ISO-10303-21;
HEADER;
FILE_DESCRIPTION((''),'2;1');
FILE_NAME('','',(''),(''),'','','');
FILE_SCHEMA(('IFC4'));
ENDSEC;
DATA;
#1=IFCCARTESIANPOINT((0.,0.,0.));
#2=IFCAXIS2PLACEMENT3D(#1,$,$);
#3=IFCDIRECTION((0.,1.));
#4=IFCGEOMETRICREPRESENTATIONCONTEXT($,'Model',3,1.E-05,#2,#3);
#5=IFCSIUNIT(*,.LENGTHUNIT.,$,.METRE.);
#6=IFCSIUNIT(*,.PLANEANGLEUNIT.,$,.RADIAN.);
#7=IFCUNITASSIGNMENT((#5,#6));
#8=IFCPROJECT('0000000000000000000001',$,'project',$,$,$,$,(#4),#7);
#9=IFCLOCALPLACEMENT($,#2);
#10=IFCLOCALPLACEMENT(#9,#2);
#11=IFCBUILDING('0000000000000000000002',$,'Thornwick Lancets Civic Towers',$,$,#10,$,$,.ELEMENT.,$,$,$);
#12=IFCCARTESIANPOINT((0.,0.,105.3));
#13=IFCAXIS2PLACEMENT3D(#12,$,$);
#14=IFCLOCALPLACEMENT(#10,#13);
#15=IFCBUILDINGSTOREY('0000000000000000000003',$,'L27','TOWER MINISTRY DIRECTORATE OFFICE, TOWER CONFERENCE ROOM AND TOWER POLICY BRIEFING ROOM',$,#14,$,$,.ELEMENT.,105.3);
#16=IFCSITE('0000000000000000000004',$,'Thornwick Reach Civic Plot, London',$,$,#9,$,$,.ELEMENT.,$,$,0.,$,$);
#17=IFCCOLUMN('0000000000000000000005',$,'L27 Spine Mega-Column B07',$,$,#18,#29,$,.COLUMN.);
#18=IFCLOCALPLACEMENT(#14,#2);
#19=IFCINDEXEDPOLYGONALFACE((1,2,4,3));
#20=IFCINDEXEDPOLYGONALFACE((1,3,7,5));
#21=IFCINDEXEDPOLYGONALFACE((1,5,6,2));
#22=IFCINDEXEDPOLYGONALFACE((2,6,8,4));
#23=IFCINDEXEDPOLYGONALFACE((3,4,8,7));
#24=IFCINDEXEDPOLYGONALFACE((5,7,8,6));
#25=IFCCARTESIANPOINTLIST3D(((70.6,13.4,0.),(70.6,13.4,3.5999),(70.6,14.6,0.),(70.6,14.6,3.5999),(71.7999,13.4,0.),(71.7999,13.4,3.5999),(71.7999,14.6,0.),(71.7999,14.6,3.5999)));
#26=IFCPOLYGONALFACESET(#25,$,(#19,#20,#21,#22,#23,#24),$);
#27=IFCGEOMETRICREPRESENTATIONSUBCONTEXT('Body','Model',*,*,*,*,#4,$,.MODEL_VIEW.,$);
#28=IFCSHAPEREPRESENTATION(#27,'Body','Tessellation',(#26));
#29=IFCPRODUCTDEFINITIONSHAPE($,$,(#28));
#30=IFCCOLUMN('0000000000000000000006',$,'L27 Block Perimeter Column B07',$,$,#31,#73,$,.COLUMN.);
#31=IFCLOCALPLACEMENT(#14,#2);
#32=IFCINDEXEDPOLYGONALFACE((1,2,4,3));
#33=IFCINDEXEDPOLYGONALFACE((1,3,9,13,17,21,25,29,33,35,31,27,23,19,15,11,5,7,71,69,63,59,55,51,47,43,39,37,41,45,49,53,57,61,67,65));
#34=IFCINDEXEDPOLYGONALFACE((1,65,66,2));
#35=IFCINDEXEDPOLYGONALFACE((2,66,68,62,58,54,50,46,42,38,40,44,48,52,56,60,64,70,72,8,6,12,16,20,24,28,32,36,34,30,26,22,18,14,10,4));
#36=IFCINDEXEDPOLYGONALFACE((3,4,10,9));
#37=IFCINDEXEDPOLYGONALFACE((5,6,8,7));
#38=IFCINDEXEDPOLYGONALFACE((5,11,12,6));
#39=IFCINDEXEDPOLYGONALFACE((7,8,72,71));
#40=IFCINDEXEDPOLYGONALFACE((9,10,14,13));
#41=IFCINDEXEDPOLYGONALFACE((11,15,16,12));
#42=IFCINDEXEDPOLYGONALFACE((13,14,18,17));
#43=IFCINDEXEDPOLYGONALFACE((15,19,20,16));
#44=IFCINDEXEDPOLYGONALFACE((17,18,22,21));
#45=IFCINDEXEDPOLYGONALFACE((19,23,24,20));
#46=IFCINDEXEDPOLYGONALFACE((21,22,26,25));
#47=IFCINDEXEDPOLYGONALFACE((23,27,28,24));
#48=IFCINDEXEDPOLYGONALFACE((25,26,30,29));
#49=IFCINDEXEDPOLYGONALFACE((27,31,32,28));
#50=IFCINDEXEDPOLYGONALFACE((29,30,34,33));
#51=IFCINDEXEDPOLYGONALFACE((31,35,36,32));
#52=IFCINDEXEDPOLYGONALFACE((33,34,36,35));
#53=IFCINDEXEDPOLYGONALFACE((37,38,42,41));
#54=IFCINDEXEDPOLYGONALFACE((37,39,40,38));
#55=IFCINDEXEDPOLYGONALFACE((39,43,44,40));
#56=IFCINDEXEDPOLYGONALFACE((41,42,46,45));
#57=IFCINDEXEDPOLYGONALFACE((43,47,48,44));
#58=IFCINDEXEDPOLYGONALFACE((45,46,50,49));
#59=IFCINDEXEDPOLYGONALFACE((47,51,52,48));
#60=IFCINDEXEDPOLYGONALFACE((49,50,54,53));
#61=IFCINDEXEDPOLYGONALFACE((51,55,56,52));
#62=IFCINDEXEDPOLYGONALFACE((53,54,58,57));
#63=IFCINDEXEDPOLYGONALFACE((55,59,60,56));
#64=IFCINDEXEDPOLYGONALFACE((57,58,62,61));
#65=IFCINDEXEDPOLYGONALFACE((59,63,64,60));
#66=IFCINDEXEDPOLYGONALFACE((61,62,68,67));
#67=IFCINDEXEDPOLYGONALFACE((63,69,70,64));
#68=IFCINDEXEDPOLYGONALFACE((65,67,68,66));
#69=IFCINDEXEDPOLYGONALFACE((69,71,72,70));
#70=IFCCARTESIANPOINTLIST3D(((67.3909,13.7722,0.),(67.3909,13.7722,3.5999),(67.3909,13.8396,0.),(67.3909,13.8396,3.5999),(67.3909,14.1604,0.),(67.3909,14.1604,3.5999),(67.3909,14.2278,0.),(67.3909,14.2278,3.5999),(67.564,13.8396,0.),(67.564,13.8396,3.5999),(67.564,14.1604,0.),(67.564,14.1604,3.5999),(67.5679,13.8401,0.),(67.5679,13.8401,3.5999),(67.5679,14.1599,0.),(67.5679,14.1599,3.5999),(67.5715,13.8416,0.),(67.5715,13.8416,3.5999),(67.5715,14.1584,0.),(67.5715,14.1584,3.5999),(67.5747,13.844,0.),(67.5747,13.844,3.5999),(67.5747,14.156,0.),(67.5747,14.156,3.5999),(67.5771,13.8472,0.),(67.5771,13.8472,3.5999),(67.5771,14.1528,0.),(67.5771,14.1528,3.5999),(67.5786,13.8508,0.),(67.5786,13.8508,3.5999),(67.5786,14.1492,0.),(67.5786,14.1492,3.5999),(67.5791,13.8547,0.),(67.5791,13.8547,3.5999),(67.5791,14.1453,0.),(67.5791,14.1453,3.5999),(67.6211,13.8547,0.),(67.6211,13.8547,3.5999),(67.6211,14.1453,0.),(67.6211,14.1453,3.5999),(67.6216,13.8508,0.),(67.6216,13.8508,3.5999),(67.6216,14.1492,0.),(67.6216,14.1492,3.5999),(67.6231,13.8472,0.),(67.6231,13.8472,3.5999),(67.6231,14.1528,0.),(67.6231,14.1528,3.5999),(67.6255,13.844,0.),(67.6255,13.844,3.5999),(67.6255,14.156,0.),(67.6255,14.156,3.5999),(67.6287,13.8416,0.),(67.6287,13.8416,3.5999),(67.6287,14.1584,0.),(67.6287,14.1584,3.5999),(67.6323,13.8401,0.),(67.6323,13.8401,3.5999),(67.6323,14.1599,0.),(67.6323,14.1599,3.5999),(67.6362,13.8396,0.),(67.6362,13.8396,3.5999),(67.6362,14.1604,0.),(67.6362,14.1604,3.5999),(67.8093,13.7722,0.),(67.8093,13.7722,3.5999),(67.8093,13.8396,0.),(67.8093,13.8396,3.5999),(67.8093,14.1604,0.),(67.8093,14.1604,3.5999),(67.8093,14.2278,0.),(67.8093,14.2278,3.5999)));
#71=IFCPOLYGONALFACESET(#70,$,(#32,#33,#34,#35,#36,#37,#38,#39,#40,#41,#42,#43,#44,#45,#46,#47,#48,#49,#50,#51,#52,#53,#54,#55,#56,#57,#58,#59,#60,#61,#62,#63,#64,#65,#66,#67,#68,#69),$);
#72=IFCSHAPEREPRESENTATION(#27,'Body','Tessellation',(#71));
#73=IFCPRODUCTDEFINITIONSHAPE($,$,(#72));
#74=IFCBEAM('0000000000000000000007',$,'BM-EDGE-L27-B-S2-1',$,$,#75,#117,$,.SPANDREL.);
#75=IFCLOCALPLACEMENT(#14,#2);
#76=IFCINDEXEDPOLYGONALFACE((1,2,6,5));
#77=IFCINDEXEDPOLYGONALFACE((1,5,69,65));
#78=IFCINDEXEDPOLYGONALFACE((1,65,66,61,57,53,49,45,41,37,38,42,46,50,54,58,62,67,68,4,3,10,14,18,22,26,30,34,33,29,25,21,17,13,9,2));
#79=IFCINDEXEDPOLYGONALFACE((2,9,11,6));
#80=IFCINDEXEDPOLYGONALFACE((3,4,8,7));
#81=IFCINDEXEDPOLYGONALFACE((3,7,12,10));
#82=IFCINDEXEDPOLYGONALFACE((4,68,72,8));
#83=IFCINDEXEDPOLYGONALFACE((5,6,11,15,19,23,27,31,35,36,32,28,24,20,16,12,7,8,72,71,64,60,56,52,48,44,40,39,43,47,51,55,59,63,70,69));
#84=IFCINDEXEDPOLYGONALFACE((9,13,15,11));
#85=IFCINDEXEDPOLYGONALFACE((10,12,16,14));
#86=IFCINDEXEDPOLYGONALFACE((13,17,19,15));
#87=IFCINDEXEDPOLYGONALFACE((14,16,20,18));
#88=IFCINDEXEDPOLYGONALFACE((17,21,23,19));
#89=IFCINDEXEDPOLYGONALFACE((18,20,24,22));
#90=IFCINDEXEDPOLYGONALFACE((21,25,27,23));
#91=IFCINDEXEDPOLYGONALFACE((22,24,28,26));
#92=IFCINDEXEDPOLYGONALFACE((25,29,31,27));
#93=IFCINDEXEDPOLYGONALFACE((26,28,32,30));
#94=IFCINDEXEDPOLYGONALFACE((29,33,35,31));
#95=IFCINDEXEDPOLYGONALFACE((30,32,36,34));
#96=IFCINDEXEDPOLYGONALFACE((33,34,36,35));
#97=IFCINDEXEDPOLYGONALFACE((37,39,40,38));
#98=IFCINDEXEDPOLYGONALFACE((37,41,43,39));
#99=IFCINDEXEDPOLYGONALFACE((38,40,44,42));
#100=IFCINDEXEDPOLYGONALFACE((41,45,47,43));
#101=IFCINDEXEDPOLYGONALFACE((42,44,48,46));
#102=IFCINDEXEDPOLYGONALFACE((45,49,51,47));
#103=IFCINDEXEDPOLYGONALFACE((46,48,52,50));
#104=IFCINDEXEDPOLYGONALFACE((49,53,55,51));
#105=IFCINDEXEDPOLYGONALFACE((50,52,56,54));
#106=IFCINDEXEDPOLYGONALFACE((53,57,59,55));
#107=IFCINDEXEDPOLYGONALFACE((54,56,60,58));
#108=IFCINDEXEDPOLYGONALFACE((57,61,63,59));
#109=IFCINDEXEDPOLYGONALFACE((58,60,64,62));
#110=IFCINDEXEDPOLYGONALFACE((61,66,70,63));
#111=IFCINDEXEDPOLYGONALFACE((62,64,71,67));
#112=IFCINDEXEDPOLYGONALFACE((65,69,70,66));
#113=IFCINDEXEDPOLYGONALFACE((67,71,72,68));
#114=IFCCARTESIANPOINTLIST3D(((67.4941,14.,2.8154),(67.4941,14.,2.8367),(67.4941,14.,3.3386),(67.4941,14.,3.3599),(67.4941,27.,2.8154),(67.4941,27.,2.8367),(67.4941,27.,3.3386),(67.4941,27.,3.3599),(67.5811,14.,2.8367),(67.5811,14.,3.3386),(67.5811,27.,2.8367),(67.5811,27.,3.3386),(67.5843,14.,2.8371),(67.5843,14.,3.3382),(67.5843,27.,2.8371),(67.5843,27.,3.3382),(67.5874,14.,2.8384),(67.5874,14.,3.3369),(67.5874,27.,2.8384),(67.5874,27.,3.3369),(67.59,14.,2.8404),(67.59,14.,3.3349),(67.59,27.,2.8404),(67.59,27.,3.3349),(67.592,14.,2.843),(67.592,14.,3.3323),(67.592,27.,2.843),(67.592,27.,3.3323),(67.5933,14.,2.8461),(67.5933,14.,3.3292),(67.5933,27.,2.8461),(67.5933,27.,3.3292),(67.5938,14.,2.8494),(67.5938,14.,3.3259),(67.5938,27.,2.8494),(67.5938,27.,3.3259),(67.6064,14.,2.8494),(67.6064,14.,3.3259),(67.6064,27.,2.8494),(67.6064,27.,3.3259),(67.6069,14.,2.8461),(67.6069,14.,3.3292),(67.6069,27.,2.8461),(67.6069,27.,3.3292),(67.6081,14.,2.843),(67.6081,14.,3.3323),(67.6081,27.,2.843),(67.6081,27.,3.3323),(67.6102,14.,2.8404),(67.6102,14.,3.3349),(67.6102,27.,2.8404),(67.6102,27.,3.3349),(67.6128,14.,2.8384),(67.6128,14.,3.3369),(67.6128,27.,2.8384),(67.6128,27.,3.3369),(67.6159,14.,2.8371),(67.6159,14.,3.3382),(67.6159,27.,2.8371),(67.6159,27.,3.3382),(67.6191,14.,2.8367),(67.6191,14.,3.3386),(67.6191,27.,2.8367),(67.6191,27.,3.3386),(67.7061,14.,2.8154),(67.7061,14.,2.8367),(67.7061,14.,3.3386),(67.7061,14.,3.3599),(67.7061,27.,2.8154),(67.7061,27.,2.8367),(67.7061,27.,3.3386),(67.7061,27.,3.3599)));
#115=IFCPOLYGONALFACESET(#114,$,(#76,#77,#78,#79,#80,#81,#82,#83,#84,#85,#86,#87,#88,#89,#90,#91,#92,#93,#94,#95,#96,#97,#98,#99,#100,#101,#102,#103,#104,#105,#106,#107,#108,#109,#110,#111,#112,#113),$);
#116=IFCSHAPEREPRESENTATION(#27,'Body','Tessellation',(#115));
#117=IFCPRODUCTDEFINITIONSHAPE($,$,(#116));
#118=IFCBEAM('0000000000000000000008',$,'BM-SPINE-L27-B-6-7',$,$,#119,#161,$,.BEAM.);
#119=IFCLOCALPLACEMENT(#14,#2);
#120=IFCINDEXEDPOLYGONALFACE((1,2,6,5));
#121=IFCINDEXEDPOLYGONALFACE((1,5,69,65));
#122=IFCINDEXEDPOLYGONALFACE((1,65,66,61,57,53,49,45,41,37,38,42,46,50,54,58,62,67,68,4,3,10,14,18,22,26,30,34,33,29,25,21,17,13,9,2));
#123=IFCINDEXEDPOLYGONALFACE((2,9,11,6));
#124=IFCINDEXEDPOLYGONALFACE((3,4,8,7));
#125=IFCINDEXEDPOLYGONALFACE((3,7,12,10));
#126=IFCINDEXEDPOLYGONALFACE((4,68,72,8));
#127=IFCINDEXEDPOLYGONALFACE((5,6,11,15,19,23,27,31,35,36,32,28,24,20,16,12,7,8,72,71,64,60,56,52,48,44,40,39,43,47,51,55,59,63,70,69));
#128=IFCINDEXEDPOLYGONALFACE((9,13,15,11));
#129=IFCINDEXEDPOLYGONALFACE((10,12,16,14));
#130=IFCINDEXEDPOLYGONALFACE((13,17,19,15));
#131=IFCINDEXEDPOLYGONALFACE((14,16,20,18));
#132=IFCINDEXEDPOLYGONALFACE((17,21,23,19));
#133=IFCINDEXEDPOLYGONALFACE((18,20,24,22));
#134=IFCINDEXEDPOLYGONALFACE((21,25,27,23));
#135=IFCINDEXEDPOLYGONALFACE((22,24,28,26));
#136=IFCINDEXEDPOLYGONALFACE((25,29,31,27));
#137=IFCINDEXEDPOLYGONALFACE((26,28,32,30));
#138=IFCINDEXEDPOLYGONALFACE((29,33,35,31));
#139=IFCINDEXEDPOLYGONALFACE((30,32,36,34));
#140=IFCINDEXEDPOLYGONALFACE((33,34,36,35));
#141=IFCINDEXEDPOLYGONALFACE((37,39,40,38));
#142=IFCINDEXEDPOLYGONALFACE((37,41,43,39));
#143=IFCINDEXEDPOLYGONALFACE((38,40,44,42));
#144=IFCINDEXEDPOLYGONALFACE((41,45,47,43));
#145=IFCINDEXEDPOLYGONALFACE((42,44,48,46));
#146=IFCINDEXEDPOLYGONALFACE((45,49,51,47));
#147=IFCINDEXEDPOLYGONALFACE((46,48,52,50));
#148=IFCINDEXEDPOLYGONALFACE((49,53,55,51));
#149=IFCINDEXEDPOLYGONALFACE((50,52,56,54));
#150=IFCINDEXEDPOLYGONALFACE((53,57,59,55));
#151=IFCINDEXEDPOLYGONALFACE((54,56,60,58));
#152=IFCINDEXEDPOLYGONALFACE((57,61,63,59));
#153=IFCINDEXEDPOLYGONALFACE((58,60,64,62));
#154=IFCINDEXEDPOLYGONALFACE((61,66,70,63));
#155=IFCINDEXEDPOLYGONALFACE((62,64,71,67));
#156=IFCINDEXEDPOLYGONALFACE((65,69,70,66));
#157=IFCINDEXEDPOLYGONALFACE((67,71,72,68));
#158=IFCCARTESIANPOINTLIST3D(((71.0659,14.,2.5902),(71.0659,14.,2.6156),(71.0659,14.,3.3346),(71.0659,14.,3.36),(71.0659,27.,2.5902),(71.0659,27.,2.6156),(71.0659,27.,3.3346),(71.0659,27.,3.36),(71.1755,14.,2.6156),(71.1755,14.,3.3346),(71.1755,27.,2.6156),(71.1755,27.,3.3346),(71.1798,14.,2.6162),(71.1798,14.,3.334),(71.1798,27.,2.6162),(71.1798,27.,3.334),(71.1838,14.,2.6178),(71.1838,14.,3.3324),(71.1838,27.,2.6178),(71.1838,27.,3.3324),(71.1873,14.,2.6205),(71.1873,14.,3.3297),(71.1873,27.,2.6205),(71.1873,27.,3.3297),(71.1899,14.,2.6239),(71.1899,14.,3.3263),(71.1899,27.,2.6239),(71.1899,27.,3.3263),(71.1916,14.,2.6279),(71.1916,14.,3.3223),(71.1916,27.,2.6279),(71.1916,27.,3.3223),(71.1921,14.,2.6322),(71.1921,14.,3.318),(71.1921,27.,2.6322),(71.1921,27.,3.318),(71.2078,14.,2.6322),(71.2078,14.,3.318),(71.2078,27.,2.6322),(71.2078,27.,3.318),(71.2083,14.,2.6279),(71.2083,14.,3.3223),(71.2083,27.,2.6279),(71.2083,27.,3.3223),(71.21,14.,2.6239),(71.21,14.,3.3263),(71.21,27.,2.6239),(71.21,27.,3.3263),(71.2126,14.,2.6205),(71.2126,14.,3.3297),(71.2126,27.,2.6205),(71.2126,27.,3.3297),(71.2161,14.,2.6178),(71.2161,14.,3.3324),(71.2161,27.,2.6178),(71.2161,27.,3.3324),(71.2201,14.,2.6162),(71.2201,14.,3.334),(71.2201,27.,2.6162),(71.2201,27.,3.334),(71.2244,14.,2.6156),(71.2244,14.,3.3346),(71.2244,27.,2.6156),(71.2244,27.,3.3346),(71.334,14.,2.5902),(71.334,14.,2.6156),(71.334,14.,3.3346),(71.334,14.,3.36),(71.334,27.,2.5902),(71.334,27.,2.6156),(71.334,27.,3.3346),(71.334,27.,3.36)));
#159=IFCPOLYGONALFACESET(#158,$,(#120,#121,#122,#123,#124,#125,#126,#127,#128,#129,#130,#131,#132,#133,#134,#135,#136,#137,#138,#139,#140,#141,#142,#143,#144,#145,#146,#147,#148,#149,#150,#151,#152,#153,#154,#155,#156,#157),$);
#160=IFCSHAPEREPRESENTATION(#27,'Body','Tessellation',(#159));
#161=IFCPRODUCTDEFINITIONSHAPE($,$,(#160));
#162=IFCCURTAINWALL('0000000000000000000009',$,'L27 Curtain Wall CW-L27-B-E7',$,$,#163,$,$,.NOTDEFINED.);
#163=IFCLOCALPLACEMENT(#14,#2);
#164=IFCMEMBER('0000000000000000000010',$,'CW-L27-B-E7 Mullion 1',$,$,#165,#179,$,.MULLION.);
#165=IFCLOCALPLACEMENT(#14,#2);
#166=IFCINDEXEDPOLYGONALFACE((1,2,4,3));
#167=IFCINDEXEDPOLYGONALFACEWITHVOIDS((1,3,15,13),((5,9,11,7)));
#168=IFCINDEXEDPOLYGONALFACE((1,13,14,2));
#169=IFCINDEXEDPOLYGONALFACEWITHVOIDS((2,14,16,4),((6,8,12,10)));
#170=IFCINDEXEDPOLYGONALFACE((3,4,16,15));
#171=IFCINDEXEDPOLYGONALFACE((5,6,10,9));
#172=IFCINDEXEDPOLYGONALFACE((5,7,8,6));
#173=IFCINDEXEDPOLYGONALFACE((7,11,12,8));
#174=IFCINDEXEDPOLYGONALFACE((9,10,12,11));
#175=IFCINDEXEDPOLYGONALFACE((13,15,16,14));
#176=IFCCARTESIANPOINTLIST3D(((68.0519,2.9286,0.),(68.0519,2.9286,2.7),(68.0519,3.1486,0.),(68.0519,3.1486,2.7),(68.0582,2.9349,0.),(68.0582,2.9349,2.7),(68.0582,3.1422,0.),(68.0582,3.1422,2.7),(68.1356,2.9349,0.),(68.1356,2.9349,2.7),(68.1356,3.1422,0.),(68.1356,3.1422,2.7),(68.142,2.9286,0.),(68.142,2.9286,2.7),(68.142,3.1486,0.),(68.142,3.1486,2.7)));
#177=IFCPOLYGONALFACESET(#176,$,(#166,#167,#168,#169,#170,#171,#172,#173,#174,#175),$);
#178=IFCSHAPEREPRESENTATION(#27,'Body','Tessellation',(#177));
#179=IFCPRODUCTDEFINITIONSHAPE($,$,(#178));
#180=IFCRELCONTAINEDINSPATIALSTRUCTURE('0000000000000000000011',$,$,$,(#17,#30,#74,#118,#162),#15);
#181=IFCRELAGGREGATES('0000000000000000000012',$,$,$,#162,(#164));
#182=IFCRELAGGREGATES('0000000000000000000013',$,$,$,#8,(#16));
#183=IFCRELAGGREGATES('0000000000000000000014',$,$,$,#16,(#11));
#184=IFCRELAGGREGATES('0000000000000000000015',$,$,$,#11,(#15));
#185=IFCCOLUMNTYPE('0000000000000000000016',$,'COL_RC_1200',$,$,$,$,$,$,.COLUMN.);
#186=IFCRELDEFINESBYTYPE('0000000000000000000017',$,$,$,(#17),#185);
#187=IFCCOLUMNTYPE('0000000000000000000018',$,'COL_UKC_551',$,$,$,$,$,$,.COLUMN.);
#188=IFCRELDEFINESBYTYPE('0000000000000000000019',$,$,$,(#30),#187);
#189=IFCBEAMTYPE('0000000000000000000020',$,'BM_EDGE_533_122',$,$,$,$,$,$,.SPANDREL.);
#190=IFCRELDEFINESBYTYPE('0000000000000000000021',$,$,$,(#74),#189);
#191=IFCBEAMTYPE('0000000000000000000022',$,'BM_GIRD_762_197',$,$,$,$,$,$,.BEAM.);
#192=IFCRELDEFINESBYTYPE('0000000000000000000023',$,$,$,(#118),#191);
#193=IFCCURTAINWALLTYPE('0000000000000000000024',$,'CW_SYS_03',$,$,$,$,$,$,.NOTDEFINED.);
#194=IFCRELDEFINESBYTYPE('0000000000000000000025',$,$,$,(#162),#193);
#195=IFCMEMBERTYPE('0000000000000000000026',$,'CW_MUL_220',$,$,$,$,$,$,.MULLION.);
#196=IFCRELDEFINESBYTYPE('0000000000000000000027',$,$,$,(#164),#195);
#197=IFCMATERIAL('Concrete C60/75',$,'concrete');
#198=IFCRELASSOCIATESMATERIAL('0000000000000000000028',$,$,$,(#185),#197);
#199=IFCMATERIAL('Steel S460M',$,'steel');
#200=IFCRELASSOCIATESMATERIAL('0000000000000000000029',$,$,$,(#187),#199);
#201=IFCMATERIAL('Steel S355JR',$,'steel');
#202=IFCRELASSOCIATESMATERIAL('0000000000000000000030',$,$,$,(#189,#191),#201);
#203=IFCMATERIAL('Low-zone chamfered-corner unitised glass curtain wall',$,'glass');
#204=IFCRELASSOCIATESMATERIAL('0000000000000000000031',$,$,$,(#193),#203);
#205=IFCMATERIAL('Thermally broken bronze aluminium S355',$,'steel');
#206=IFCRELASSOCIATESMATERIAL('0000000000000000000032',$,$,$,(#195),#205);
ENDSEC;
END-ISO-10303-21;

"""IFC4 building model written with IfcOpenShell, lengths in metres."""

from ifc_helpers import new_model, si_unit, direction, frame, origin, origin_2d, place, context, subcontext, project, spatial, rectangle, hollow_rectangle, i_section, extrude, material, material_profile, profile_set, type_object, element, aggregate, save


model = new_model("IFC4")

# Units and contexts
model_context = context("Model", 3, precision=1e-05, world=origin(), true_north=direction((0.0, 1.0)))
body_context = subcontext(model_context, "Body", "Model", "MODEL_VIEW")
ifc_project = project(units=[si_unit("LENGTHUNIT", "METRE"), si_unit("PLANEANGLEUNIT", "RADIAN")], contexts=[model_context])

# Site, building, storey
site_placement = place(None, origin())
site = spatial("IfcSite", under=ifc_project, at=site_placement, Name="Thornwick Reach Civic Plot, London", CompositionType="ELEMENT", RefElevation=0.0)
building_placement = place(site_placement, origin())
building = spatial("IfcBuilding", under=site, at=building_placement, Name="Thornwick Lancets Civic Towers", CompositionType="ELEMENT")
storey_placement = place(building_placement, frame((0.0, 0.0, 105.3)))
storey = spatial("IfcBuildingStorey", under=building, at=storey_placement, Name="L27", Description="TOWER MINISTRY DIRECTORATE OFFICE, TOWER CONFERENCE ROOM AND TOWER POLICY BRIEFING ROOM", CompositionType="ELEMENT", Elevation=105.3)

# Columns
ifc_material_1 = material(Name="Concrete C60/75", Category="concrete")
ifc_material_profile_1 = material_profile(ifc_material_1, rectangle(XDim=1.2, YDim=1.2, at=origin_2d()), Name="RC 1200x1200")
ifc_profile_set_1 = profile_set([ifc_material_profile_1], Name="Concrete C60/75")
column_type_1 = type_object("IfcColumnType", Name="COL_RC_1200", PredefinedType="COLUMN", material=ifc_profile_set_1)
column_1_placement = place(storey_placement, frame((71.2, 14.0, 0.0), z_axis=(0.0, 0.0, 1.0), x_axis=(1.0, 0.0, 0.0)))
element("IfcColumn", 1, at=column_1_placement, inside=storey, type_object=column_type_1, Name="L27 Spine Mega-Column B07", PredefinedType="COLUMN", context=body_context, shape_type="SweptSolid", body=[
    extrude(rectangle(XDim=1.2, YDim=1.2, at=origin_2d()), origin(), (0.0, 0.0, 1.0), 3.5999),
])
ifc_material_2 = material(Name="Steel S460M", Category="steel")
ifc_material_profile_2 = material_profile(ifc_material_2, i_section(OverallWidth=0.4185, OverallDepth=0.4556, WebThickness=0.042, FlangeThickness=0.0674, FilletRadius=0.0151, at=origin_2d()), Name="UKC 356x406x551")
ifc_profile_set_2 = profile_set([ifc_material_profile_2], Name="Steel S460M")
column_type_2 = type_object("IfcColumnType", Name="COL_UKC_551", PredefinedType="COLUMN", material=ifc_profile_set_2)
column_2_placement = place(storey_placement, frame((67.6001, 14.0, 0.0), z_axis=(0.0, 0.0, 1.0), x_axis=(1.0, 0.0, 0.0)))
element("IfcColumn", 2, at=column_2_placement, inside=storey, type_object=column_type_2, Name="L27 Block Perimeter Column B07", PredefinedType="COLUMN", context=body_context, shape_type="SweptSolid", body=[
    extrude(i_section(OverallWidth=0.4185, OverallDepth=0.4556, WebThickness=0.042, FlangeThickness=0.0674, FilletRadius=0.0151, at=origin_2d()), origin(), (0.0, 0.0, 1.0), 3.5999),
])

# Beams
ifc_material_3 = material(Name="Steel S355JR", Category="steel")
ifc_material_profile_3 = material_profile(ifc_material_3, i_section(OverallWidth=0.2119, OverallDepth=0.5444, WebThickness=0.0127, FlangeThickness=0.0212, FilletRadius=0.0127, at=origin_2d()), Name="UKB 533x210x122")
ifc_profile_set_3 = profile_set([ifc_material_profile_3], Name="Steel S355JR")
beam_type_1 = type_object("IfcBeamType", Name="BM_EDGE_533_122", PredefinedType="SPANDREL", material=ifc_profile_set_3)
beam_1_placement = place(storey_placement, frame((67.6001, 14.0, 3.0876), z_axis=(0.0, 1.0, 0.0), x_axis=(-1.0, 0.0, 0.0)))
element("IfcBeam", 3, at=beam_1_placement, inside=storey, type_object=beam_type_1, Name="BM-EDGE-L27-B-S2-1", PredefinedType="SPANDREL", context=body_context, shape_type="SweptSolid", body=[
    extrude(i_section(OverallWidth=0.2119, OverallDepth=0.5444, WebThickness=0.0127, FlangeThickness=0.0212, FilletRadius=0.0127, at=origin_2d()), origin(), (0.0, 0.0, 1.0), 13.0),
])
ifc_material_profile_4 = material_profile(ifc_material_3, i_section(OverallWidth=0.2681, OverallDepth=0.7698, WebThickness=0.0156, FlangeThickness=0.0254, FilletRadius=0.0166, at=origin_2d()), Name="UKB 762x267x197")
ifc_profile_set_4 = profile_set([ifc_material_profile_4], Name="Steel S355JR")
beam_type_2 = type_object("IfcBeamType", Name="BM_GIRD_762_197", PredefinedType="BEAM", material=ifc_profile_set_4)
beam_2_placement = place(storey_placement, frame((71.2, 14.0, 2.9751), z_axis=(0.0, 1.0, 0.0), x_axis=(-1.0, 0.0, 0.0)))
element("IfcBeam", 4, at=beam_2_placement, inside=storey, type_object=beam_type_2, Name="BM-SPINE-L27-B-6-7", PredefinedType="BEAM", context=body_context, shape_type="SweptSolid", body=[
    extrude(i_section(OverallWidth=0.2681, OverallDepth=0.7698, WebThickness=0.0156, FlangeThickness=0.0254, FilletRadius=0.0166, at=origin_2d()), origin(), (0.0, 0.0, 1.0), 13.0),
])

# Curtain wall, member
ifc_material_4 = material(Name="Low-zone chamfered-corner unitised glass curtain wall", Category="glass")
curtain_wall_type = type_object("IfcCurtainWallType", Name="CW_SYS_03", PredefinedType="NOTDEFINED", material=ifc_material_4)
curtain_wall_placement = place(storey_placement, origin())
curtain_wall = element("IfcCurtainWall", 5, at=curtain_wall_placement, inside=storey, type_object=curtain_wall_type, Name="L27 Curtain Wall CW-L27-B-E7", PredefinedType="NOTDEFINED")
ifc_material_5 = material(Name="Thermally broken bronze aluminium S355", Category="steel")
ifc_material_profile_5 = material_profile(ifc_material_5, hollow_rectangle(XDim=0.0901, YDim=0.22, WallThickness=0.0063, at=origin_2d()), Name="RHS 220x90x6.3")
ifc_profile_set_5 = profile_set([ifc_material_profile_5], Name="Thermally broken bronze aluminium S355")
member_type = type_object("IfcMemberType", Name="CW_MUL_220", PredefinedType="MULLION", material=ifc_profile_set_5)
member_placement = place(storey_placement, frame((68.0969, 3.0386, 0.0), z_axis=(0.0, 0.0, 1.0), x_axis=(1.0, 0.0, 0.0)))
member = element("IfcMember", 6, at=member_placement, type_object=member_type, Name="CW-L27-B-E7 Mullion 1", PredefinedType="MULLION", context=body_context, shape_type="SweptSolid", body=[
    extrude(hollow_rectangle(XDim=0.0901, YDim=0.22, WallThickness=0.0063, at=origin_2d()), origin(), (0.0, 0.0, 1.0), 2.7),
])
aggregate(curtain_wall, [member])

save(model, "model.ifc")
